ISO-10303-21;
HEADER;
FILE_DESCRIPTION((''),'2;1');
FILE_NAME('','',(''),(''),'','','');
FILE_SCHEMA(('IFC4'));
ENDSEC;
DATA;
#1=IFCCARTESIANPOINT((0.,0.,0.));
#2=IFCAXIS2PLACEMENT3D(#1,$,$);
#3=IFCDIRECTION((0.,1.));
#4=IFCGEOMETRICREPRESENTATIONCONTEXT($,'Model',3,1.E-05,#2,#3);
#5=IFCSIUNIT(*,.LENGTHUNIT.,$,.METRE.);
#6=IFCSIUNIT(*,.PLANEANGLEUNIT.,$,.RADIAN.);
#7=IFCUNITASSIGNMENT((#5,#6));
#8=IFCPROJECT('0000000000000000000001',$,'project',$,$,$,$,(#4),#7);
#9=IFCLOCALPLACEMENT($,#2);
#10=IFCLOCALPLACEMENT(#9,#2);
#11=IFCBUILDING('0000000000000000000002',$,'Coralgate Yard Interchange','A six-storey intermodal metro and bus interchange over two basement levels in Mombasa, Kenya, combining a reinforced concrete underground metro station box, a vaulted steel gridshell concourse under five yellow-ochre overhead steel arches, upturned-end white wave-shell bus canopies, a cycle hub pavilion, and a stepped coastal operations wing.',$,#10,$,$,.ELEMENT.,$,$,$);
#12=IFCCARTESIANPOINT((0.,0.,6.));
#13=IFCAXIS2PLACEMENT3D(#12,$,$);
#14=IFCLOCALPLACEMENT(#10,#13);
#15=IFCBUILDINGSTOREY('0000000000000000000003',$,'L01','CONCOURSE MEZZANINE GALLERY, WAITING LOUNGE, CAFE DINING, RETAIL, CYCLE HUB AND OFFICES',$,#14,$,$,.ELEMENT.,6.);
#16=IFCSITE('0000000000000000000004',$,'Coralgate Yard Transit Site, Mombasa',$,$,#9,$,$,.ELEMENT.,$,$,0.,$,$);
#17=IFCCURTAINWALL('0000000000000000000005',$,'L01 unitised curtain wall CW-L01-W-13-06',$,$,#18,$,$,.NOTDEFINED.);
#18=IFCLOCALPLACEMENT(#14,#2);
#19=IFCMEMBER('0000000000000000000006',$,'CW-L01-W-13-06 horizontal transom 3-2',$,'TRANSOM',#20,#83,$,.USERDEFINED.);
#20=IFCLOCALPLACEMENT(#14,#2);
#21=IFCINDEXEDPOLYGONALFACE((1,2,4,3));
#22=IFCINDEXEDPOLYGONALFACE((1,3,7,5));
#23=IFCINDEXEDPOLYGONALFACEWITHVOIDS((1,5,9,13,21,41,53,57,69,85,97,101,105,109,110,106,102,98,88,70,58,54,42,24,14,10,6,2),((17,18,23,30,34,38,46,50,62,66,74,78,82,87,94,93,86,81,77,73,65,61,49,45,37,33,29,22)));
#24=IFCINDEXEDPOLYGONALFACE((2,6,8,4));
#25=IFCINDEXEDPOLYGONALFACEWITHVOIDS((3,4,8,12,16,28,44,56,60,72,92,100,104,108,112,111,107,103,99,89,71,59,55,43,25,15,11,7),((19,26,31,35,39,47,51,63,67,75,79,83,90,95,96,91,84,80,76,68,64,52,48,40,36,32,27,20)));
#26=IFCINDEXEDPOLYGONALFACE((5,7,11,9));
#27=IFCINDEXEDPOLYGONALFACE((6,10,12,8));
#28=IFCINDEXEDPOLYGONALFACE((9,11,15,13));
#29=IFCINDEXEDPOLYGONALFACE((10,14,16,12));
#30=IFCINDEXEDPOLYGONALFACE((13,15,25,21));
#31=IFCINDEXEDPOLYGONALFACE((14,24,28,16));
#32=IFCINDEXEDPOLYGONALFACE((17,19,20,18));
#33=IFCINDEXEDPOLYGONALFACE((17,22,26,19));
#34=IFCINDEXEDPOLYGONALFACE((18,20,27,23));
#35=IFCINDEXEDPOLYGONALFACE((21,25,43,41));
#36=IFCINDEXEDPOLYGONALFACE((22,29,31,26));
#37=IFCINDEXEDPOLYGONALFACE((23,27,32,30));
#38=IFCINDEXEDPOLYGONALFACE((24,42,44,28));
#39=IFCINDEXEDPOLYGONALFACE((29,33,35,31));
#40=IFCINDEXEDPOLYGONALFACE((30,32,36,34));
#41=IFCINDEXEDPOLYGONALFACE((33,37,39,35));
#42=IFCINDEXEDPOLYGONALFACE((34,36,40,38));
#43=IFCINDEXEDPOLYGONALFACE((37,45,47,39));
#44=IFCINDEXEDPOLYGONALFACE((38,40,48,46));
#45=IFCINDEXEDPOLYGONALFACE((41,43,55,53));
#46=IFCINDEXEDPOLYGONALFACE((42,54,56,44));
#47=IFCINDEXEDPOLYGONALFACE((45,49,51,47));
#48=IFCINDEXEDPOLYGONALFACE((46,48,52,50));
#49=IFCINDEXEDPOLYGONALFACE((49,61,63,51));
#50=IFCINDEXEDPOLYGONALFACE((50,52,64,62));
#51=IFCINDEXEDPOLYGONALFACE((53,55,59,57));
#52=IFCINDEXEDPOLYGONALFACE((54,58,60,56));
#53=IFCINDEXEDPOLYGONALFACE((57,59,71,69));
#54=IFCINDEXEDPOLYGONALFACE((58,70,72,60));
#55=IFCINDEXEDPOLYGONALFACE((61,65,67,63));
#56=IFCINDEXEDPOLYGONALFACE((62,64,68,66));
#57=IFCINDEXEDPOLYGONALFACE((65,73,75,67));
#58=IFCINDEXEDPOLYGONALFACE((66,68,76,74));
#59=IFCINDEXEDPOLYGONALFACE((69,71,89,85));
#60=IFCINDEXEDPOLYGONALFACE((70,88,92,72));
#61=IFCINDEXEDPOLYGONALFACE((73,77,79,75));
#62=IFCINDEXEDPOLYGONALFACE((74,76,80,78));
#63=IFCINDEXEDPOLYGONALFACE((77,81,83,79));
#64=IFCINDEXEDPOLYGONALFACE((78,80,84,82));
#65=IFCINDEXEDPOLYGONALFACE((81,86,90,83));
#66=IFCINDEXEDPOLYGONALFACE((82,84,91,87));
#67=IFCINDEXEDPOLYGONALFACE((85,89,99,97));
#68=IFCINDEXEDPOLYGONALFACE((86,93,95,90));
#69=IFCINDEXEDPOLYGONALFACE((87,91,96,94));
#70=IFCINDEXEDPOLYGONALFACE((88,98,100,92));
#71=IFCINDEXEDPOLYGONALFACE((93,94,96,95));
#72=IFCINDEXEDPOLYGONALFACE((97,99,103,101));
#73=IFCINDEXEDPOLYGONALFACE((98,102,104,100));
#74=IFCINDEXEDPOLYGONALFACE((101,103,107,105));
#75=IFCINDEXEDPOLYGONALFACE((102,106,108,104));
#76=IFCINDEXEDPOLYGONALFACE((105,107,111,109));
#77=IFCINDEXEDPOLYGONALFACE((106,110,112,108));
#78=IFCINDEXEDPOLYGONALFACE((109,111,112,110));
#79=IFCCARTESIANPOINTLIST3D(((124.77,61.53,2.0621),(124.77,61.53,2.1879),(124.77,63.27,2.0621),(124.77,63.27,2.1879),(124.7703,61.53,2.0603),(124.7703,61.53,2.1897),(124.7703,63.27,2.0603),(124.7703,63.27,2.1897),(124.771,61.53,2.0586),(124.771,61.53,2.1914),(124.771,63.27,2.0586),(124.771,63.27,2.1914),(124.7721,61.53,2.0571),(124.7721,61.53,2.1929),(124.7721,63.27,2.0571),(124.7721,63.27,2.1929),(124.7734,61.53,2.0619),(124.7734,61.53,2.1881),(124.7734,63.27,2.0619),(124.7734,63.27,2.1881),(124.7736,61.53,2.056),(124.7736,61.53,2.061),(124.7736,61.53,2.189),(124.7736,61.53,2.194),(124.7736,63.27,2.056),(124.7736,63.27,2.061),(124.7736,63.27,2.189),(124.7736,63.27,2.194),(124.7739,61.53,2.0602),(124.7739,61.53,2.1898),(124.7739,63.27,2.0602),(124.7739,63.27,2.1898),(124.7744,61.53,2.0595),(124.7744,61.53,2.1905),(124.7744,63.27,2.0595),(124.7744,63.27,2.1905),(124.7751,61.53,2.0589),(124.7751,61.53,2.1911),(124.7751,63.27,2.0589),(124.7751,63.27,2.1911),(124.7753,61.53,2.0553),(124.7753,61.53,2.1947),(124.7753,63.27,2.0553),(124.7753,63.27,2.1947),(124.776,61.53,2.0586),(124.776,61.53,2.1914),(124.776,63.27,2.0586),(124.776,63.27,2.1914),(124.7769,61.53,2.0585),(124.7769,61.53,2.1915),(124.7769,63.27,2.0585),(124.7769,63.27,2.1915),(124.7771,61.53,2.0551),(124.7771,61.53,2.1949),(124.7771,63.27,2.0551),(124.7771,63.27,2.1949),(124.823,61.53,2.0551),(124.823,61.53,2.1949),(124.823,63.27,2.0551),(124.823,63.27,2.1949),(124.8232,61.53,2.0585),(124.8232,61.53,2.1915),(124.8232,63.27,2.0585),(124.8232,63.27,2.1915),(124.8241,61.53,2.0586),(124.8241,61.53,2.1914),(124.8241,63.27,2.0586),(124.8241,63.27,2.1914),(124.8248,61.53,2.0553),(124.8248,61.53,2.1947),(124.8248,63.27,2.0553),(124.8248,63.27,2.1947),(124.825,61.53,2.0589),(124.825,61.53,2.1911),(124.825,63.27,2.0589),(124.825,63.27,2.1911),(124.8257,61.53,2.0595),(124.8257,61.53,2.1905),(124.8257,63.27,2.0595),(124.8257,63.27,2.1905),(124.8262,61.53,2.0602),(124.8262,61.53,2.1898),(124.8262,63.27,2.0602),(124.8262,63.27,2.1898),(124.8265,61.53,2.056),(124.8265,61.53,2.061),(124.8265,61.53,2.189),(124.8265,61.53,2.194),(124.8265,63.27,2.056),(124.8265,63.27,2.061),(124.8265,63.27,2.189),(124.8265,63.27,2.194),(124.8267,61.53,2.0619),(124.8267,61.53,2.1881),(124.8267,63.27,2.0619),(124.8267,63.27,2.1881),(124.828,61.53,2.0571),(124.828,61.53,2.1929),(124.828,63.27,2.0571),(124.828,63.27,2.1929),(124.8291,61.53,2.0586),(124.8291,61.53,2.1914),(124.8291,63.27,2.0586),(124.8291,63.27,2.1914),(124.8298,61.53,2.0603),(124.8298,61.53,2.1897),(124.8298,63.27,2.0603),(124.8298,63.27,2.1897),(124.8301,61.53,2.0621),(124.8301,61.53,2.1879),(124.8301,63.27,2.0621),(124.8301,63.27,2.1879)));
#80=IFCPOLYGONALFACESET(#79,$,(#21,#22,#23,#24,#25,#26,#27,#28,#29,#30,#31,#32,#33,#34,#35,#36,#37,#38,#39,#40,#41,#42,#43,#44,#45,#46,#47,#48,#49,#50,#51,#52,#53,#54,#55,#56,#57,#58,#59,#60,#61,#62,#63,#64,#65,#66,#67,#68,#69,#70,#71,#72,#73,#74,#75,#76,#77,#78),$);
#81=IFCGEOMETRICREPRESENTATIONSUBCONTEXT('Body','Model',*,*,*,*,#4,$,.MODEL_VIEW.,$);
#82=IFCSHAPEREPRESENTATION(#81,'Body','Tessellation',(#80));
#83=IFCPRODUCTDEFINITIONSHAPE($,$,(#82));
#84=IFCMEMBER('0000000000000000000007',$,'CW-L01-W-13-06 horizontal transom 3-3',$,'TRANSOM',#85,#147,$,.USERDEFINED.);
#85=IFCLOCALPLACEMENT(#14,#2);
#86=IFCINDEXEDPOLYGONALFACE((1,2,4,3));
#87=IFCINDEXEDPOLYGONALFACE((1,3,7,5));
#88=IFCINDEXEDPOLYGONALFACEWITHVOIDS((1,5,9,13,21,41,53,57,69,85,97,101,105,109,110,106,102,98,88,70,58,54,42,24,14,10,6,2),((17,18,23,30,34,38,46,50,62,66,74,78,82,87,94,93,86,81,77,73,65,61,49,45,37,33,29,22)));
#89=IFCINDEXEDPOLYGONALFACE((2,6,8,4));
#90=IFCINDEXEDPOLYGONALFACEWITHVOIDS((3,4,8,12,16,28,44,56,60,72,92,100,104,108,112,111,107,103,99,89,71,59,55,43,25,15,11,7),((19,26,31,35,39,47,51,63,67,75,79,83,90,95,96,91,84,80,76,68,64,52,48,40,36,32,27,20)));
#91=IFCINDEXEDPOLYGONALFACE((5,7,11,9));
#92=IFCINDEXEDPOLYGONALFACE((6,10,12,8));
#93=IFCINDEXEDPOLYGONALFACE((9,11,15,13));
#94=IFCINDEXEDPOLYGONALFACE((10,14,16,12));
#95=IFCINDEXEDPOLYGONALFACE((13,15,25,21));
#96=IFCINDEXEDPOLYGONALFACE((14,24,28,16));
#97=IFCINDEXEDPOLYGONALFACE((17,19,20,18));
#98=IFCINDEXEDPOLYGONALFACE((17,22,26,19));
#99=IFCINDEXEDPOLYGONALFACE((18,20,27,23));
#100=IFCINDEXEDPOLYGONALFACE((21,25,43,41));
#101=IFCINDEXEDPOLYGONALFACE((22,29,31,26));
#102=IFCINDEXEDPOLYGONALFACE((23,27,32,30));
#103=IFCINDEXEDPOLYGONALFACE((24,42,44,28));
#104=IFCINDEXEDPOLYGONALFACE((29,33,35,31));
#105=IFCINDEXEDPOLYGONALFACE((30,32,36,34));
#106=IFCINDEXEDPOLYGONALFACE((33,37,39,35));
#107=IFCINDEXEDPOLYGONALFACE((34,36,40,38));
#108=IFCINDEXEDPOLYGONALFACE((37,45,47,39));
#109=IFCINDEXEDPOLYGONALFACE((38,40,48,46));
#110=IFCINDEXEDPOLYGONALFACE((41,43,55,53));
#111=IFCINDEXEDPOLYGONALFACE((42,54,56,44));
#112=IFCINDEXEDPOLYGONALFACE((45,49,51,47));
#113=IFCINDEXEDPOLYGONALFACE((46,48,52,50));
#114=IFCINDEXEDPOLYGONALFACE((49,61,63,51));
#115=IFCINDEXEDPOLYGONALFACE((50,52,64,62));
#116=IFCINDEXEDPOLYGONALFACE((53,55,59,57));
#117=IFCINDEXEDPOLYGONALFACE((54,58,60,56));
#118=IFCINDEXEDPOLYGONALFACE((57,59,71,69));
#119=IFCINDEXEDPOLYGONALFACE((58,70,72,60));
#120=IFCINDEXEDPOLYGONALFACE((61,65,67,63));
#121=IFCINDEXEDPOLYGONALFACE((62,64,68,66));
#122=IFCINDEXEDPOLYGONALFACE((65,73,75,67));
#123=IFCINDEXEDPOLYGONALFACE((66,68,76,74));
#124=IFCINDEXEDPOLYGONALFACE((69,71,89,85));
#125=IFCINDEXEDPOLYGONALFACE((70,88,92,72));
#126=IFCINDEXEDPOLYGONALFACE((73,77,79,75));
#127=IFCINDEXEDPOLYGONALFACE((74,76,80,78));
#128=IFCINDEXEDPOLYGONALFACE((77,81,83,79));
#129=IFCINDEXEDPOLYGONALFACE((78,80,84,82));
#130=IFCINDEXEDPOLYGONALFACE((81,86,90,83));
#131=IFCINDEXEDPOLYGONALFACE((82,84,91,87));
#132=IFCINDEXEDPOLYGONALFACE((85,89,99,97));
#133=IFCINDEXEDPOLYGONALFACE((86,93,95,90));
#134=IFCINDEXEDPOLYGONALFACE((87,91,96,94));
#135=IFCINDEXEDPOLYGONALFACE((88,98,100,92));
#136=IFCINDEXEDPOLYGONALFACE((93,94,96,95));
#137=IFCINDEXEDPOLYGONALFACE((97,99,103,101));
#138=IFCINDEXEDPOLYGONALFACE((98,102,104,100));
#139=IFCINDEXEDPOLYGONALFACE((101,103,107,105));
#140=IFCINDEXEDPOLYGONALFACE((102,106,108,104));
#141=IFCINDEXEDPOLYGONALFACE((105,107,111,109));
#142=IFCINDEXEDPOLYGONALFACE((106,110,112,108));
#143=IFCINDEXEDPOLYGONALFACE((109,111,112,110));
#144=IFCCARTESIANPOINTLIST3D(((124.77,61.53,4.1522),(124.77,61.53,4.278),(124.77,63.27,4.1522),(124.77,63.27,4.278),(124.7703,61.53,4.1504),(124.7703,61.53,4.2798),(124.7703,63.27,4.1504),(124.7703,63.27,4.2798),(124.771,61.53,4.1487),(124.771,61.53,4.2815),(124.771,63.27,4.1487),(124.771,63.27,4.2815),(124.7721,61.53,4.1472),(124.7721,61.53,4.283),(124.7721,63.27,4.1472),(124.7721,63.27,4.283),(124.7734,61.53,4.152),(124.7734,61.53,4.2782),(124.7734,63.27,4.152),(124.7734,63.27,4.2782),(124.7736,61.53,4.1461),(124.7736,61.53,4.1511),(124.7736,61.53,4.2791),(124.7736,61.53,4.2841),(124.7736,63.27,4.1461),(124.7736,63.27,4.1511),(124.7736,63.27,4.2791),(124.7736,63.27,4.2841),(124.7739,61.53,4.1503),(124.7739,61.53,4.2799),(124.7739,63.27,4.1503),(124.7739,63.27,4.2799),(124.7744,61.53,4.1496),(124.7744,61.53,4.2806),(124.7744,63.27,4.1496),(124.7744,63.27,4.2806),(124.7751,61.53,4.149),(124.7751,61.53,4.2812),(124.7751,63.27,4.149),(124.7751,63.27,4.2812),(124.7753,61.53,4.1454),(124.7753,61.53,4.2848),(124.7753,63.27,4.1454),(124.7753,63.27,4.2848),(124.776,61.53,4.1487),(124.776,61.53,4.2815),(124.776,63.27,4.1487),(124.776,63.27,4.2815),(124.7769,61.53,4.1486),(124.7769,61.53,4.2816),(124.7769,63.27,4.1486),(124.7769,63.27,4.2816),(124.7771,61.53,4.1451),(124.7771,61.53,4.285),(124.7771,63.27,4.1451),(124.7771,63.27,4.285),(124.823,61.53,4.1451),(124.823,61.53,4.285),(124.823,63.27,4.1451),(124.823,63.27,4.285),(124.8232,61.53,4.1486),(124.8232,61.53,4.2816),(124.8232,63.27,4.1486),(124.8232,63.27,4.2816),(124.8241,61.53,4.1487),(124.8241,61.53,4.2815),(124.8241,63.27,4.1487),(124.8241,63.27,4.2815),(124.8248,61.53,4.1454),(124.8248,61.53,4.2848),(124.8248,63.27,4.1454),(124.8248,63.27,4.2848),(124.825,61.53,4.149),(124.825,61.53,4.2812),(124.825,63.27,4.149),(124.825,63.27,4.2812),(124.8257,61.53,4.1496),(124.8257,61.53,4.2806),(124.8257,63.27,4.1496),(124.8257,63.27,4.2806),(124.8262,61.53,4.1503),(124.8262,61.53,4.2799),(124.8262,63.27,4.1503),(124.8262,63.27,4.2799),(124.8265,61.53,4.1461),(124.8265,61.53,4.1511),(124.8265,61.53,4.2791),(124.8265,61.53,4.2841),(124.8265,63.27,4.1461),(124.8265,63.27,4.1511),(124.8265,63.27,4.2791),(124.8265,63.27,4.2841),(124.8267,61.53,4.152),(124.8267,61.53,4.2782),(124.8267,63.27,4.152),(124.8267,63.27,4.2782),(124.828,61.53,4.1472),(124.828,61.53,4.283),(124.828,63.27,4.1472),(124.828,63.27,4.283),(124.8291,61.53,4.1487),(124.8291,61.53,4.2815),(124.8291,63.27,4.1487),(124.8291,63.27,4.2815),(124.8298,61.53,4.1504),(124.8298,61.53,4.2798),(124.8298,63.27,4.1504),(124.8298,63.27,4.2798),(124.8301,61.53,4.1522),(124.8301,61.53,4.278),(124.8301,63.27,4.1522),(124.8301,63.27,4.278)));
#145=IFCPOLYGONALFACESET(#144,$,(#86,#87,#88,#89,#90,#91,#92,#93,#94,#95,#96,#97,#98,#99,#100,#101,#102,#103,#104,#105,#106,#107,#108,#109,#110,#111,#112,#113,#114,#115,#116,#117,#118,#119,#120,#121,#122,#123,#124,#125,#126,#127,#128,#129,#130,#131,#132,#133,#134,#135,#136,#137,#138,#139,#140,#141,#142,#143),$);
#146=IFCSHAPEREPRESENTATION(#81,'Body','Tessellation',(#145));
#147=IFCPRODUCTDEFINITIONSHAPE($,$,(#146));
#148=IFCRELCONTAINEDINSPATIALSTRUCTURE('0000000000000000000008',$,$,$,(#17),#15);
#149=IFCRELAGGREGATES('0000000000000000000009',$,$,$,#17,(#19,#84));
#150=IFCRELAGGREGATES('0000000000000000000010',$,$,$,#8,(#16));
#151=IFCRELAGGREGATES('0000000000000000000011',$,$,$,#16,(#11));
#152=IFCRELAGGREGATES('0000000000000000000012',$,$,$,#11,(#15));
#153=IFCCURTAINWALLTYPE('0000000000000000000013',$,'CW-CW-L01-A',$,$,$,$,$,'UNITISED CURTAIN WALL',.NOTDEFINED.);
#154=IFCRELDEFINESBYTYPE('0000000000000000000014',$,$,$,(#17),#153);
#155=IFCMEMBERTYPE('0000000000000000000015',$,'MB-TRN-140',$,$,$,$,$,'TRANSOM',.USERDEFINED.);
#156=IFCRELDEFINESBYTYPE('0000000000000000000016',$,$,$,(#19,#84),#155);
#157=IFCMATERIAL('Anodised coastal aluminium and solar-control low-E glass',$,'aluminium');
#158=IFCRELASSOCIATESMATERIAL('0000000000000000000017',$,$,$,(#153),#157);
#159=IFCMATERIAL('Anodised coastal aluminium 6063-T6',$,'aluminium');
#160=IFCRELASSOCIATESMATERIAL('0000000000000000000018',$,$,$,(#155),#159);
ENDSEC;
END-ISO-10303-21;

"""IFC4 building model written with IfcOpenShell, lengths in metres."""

from ifc_helpers import new_model, si_unit, direction, frame, origin, origin_2d, place, context, subcontext, project, spatial, hollow_rectangle, extrude, material, material_profile, profile_set, type_object, element, aggregate, save


model = new_model("IFC4")

# Units and contexts
model_context = context("Model", 3, precision=1e-05, world=origin(), true_north=direction((0.0, 1.0)))
body_context = subcontext(model_context, "Body", "Model", "MODEL_VIEW")
ifc_project = project(units=[si_unit("LENGTHUNIT", "METRE"), si_unit("PLANEANGLEUNIT", "RADIAN")], contexts=[model_context])

# Site, building, storey
site_placement = place(None, origin())
site = spatial("IfcSite", under=ifc_project, at=site_placement, Name="Coralgate Yard Transit Site, Mombasa", CompositionType="ELEMENT", RefElevation=0.0)
building_placement = place(site_placement, origin())
building = spatial("IfcBuilding", under=site, at=building_placement, Name="Coralgate Yard Interchange", Description="A six-storey intermodal metro and bus interchange over two basement levels in Mombasa, Kenya, combining a reinforced concrete underground metro station box, a vaulted steel gridshell concourse under five yellow-ochre overhead steel arches, upturned-end white wave-shell bus canopies, a cycle hub pavilion, and a stepped coastal operations wing.", CompositionType="ELEMENT")
storey_placement = place(building_placement, frame((0.0, 0.0, 6.0)))
storey = spatial("IfcBuildingStorey", under=building, at=storey_placement, Name="L01", Description="CONCOURSE MEZZANINE GALLERY, WAITING LOUNGE, CAFE DINING, RETAIL, CYCLE HUB AND OFFICES", CompositionType="ELEMENT", Elevation=6.0)

# Curtain wall
ifc_material_1 = material(Name="Anodised coastal aluminium and solar-control low-E glass", Category="aluminium")
curtain_wall_type = type_object("IfcCurtainWallType", Name="CW-CW-L01-A", ElementType="UNITISED CURTAIN WALL", PredefinedType="NOTDEFINED", material=ifc_material_1)
ifc_material_2 = material(Name="Anodised coastal aluminium 6063-T6", Category="aluminium")
curtain_wall_1_placement = place(storey_placement, origin())
curtain_wall_1 = element("IfcCurtainWall", 1, at=curtain_wall_1_placement, inside=storey, type_object=curtain_wall_type, Name="L01 unitised curtain wall CW-L01-W-13-06", PredefinedType="NOTDEFINED")

# Members
ifc_material_profile_1 = material_profile(ifc_material_2, hollow_rectangle(XDim=0.0601, YDim=0.1399, WallThickness=0.0034, InnerFilletRadius=0.0034, OuterFilletRadius=0.0071, at=origin_2d()), Name="ALU 60x140x3.5")
ifc_profile_set_1 = profile_set([ifc_material_profile_1], Name="Anodised coastal aluminium 6063-T6")
member_type_1 = type_object("IfcMemberType", Name="MB-TRN-140", ElementType="TRANSOM", PredefinedType="USERDEFINED", material=ifc_profile_set_1)
member_1_placement = place(storey_placement, frame((124.8, 61.53, 2.125), z_axis=(0.0, 1.0, 0.0), x_axis=(-1.0, 0.0, 0.0)))
member_1 = element("IfcMember", 2, at=member_1_placement, type_object=member_type_1, Name="CW-L01-W-13-06 horizontal transom 3-2", ObjectType="TRANSOM", PredefinedType="USERDEFINED", context=body_context, shape_type="SweptSolid", body=[
    extrude(hollow_rectangle(XDim=0.0601, YDim=0.1399, WallThickness=0.0034, InnerFilletRadius=0.0034, OuterFilletRadius=0.0071, at=origin_2d()), origin(), (0.0, 0.0, 1.0), 1.74),
])
member_2_placement = place(storey_placement, frame((124.8, 61.53, 4.2151), z_axis=(0.0, 1.0, 0.0), x_axis=(-1.0, 0.0, 0.0)))
member_2 = element("IfcMember", 3, at=member_2_placement, type_object=member_type_1, Name="CW-L01-W-13-06 horizontal transom 3-3", ObjectType="TRANSOM", PredefinedType="USERDEFINED", context=body_context, shape_type="SweptSolid", body=[
    extrude(hollow_rectangle(XDim=0.0601, YDim=0.1399, WallThickness=0.0034, InnerFilletRadius=0.0034, OuterFilletRadius=0.0071, at=origin_2d()), origin(), (0.0, 0.0, 1.0), 1.74),
])

aggregate(curtain_wall_1, [member_1, member_2])

save(model, "model.ifc")
